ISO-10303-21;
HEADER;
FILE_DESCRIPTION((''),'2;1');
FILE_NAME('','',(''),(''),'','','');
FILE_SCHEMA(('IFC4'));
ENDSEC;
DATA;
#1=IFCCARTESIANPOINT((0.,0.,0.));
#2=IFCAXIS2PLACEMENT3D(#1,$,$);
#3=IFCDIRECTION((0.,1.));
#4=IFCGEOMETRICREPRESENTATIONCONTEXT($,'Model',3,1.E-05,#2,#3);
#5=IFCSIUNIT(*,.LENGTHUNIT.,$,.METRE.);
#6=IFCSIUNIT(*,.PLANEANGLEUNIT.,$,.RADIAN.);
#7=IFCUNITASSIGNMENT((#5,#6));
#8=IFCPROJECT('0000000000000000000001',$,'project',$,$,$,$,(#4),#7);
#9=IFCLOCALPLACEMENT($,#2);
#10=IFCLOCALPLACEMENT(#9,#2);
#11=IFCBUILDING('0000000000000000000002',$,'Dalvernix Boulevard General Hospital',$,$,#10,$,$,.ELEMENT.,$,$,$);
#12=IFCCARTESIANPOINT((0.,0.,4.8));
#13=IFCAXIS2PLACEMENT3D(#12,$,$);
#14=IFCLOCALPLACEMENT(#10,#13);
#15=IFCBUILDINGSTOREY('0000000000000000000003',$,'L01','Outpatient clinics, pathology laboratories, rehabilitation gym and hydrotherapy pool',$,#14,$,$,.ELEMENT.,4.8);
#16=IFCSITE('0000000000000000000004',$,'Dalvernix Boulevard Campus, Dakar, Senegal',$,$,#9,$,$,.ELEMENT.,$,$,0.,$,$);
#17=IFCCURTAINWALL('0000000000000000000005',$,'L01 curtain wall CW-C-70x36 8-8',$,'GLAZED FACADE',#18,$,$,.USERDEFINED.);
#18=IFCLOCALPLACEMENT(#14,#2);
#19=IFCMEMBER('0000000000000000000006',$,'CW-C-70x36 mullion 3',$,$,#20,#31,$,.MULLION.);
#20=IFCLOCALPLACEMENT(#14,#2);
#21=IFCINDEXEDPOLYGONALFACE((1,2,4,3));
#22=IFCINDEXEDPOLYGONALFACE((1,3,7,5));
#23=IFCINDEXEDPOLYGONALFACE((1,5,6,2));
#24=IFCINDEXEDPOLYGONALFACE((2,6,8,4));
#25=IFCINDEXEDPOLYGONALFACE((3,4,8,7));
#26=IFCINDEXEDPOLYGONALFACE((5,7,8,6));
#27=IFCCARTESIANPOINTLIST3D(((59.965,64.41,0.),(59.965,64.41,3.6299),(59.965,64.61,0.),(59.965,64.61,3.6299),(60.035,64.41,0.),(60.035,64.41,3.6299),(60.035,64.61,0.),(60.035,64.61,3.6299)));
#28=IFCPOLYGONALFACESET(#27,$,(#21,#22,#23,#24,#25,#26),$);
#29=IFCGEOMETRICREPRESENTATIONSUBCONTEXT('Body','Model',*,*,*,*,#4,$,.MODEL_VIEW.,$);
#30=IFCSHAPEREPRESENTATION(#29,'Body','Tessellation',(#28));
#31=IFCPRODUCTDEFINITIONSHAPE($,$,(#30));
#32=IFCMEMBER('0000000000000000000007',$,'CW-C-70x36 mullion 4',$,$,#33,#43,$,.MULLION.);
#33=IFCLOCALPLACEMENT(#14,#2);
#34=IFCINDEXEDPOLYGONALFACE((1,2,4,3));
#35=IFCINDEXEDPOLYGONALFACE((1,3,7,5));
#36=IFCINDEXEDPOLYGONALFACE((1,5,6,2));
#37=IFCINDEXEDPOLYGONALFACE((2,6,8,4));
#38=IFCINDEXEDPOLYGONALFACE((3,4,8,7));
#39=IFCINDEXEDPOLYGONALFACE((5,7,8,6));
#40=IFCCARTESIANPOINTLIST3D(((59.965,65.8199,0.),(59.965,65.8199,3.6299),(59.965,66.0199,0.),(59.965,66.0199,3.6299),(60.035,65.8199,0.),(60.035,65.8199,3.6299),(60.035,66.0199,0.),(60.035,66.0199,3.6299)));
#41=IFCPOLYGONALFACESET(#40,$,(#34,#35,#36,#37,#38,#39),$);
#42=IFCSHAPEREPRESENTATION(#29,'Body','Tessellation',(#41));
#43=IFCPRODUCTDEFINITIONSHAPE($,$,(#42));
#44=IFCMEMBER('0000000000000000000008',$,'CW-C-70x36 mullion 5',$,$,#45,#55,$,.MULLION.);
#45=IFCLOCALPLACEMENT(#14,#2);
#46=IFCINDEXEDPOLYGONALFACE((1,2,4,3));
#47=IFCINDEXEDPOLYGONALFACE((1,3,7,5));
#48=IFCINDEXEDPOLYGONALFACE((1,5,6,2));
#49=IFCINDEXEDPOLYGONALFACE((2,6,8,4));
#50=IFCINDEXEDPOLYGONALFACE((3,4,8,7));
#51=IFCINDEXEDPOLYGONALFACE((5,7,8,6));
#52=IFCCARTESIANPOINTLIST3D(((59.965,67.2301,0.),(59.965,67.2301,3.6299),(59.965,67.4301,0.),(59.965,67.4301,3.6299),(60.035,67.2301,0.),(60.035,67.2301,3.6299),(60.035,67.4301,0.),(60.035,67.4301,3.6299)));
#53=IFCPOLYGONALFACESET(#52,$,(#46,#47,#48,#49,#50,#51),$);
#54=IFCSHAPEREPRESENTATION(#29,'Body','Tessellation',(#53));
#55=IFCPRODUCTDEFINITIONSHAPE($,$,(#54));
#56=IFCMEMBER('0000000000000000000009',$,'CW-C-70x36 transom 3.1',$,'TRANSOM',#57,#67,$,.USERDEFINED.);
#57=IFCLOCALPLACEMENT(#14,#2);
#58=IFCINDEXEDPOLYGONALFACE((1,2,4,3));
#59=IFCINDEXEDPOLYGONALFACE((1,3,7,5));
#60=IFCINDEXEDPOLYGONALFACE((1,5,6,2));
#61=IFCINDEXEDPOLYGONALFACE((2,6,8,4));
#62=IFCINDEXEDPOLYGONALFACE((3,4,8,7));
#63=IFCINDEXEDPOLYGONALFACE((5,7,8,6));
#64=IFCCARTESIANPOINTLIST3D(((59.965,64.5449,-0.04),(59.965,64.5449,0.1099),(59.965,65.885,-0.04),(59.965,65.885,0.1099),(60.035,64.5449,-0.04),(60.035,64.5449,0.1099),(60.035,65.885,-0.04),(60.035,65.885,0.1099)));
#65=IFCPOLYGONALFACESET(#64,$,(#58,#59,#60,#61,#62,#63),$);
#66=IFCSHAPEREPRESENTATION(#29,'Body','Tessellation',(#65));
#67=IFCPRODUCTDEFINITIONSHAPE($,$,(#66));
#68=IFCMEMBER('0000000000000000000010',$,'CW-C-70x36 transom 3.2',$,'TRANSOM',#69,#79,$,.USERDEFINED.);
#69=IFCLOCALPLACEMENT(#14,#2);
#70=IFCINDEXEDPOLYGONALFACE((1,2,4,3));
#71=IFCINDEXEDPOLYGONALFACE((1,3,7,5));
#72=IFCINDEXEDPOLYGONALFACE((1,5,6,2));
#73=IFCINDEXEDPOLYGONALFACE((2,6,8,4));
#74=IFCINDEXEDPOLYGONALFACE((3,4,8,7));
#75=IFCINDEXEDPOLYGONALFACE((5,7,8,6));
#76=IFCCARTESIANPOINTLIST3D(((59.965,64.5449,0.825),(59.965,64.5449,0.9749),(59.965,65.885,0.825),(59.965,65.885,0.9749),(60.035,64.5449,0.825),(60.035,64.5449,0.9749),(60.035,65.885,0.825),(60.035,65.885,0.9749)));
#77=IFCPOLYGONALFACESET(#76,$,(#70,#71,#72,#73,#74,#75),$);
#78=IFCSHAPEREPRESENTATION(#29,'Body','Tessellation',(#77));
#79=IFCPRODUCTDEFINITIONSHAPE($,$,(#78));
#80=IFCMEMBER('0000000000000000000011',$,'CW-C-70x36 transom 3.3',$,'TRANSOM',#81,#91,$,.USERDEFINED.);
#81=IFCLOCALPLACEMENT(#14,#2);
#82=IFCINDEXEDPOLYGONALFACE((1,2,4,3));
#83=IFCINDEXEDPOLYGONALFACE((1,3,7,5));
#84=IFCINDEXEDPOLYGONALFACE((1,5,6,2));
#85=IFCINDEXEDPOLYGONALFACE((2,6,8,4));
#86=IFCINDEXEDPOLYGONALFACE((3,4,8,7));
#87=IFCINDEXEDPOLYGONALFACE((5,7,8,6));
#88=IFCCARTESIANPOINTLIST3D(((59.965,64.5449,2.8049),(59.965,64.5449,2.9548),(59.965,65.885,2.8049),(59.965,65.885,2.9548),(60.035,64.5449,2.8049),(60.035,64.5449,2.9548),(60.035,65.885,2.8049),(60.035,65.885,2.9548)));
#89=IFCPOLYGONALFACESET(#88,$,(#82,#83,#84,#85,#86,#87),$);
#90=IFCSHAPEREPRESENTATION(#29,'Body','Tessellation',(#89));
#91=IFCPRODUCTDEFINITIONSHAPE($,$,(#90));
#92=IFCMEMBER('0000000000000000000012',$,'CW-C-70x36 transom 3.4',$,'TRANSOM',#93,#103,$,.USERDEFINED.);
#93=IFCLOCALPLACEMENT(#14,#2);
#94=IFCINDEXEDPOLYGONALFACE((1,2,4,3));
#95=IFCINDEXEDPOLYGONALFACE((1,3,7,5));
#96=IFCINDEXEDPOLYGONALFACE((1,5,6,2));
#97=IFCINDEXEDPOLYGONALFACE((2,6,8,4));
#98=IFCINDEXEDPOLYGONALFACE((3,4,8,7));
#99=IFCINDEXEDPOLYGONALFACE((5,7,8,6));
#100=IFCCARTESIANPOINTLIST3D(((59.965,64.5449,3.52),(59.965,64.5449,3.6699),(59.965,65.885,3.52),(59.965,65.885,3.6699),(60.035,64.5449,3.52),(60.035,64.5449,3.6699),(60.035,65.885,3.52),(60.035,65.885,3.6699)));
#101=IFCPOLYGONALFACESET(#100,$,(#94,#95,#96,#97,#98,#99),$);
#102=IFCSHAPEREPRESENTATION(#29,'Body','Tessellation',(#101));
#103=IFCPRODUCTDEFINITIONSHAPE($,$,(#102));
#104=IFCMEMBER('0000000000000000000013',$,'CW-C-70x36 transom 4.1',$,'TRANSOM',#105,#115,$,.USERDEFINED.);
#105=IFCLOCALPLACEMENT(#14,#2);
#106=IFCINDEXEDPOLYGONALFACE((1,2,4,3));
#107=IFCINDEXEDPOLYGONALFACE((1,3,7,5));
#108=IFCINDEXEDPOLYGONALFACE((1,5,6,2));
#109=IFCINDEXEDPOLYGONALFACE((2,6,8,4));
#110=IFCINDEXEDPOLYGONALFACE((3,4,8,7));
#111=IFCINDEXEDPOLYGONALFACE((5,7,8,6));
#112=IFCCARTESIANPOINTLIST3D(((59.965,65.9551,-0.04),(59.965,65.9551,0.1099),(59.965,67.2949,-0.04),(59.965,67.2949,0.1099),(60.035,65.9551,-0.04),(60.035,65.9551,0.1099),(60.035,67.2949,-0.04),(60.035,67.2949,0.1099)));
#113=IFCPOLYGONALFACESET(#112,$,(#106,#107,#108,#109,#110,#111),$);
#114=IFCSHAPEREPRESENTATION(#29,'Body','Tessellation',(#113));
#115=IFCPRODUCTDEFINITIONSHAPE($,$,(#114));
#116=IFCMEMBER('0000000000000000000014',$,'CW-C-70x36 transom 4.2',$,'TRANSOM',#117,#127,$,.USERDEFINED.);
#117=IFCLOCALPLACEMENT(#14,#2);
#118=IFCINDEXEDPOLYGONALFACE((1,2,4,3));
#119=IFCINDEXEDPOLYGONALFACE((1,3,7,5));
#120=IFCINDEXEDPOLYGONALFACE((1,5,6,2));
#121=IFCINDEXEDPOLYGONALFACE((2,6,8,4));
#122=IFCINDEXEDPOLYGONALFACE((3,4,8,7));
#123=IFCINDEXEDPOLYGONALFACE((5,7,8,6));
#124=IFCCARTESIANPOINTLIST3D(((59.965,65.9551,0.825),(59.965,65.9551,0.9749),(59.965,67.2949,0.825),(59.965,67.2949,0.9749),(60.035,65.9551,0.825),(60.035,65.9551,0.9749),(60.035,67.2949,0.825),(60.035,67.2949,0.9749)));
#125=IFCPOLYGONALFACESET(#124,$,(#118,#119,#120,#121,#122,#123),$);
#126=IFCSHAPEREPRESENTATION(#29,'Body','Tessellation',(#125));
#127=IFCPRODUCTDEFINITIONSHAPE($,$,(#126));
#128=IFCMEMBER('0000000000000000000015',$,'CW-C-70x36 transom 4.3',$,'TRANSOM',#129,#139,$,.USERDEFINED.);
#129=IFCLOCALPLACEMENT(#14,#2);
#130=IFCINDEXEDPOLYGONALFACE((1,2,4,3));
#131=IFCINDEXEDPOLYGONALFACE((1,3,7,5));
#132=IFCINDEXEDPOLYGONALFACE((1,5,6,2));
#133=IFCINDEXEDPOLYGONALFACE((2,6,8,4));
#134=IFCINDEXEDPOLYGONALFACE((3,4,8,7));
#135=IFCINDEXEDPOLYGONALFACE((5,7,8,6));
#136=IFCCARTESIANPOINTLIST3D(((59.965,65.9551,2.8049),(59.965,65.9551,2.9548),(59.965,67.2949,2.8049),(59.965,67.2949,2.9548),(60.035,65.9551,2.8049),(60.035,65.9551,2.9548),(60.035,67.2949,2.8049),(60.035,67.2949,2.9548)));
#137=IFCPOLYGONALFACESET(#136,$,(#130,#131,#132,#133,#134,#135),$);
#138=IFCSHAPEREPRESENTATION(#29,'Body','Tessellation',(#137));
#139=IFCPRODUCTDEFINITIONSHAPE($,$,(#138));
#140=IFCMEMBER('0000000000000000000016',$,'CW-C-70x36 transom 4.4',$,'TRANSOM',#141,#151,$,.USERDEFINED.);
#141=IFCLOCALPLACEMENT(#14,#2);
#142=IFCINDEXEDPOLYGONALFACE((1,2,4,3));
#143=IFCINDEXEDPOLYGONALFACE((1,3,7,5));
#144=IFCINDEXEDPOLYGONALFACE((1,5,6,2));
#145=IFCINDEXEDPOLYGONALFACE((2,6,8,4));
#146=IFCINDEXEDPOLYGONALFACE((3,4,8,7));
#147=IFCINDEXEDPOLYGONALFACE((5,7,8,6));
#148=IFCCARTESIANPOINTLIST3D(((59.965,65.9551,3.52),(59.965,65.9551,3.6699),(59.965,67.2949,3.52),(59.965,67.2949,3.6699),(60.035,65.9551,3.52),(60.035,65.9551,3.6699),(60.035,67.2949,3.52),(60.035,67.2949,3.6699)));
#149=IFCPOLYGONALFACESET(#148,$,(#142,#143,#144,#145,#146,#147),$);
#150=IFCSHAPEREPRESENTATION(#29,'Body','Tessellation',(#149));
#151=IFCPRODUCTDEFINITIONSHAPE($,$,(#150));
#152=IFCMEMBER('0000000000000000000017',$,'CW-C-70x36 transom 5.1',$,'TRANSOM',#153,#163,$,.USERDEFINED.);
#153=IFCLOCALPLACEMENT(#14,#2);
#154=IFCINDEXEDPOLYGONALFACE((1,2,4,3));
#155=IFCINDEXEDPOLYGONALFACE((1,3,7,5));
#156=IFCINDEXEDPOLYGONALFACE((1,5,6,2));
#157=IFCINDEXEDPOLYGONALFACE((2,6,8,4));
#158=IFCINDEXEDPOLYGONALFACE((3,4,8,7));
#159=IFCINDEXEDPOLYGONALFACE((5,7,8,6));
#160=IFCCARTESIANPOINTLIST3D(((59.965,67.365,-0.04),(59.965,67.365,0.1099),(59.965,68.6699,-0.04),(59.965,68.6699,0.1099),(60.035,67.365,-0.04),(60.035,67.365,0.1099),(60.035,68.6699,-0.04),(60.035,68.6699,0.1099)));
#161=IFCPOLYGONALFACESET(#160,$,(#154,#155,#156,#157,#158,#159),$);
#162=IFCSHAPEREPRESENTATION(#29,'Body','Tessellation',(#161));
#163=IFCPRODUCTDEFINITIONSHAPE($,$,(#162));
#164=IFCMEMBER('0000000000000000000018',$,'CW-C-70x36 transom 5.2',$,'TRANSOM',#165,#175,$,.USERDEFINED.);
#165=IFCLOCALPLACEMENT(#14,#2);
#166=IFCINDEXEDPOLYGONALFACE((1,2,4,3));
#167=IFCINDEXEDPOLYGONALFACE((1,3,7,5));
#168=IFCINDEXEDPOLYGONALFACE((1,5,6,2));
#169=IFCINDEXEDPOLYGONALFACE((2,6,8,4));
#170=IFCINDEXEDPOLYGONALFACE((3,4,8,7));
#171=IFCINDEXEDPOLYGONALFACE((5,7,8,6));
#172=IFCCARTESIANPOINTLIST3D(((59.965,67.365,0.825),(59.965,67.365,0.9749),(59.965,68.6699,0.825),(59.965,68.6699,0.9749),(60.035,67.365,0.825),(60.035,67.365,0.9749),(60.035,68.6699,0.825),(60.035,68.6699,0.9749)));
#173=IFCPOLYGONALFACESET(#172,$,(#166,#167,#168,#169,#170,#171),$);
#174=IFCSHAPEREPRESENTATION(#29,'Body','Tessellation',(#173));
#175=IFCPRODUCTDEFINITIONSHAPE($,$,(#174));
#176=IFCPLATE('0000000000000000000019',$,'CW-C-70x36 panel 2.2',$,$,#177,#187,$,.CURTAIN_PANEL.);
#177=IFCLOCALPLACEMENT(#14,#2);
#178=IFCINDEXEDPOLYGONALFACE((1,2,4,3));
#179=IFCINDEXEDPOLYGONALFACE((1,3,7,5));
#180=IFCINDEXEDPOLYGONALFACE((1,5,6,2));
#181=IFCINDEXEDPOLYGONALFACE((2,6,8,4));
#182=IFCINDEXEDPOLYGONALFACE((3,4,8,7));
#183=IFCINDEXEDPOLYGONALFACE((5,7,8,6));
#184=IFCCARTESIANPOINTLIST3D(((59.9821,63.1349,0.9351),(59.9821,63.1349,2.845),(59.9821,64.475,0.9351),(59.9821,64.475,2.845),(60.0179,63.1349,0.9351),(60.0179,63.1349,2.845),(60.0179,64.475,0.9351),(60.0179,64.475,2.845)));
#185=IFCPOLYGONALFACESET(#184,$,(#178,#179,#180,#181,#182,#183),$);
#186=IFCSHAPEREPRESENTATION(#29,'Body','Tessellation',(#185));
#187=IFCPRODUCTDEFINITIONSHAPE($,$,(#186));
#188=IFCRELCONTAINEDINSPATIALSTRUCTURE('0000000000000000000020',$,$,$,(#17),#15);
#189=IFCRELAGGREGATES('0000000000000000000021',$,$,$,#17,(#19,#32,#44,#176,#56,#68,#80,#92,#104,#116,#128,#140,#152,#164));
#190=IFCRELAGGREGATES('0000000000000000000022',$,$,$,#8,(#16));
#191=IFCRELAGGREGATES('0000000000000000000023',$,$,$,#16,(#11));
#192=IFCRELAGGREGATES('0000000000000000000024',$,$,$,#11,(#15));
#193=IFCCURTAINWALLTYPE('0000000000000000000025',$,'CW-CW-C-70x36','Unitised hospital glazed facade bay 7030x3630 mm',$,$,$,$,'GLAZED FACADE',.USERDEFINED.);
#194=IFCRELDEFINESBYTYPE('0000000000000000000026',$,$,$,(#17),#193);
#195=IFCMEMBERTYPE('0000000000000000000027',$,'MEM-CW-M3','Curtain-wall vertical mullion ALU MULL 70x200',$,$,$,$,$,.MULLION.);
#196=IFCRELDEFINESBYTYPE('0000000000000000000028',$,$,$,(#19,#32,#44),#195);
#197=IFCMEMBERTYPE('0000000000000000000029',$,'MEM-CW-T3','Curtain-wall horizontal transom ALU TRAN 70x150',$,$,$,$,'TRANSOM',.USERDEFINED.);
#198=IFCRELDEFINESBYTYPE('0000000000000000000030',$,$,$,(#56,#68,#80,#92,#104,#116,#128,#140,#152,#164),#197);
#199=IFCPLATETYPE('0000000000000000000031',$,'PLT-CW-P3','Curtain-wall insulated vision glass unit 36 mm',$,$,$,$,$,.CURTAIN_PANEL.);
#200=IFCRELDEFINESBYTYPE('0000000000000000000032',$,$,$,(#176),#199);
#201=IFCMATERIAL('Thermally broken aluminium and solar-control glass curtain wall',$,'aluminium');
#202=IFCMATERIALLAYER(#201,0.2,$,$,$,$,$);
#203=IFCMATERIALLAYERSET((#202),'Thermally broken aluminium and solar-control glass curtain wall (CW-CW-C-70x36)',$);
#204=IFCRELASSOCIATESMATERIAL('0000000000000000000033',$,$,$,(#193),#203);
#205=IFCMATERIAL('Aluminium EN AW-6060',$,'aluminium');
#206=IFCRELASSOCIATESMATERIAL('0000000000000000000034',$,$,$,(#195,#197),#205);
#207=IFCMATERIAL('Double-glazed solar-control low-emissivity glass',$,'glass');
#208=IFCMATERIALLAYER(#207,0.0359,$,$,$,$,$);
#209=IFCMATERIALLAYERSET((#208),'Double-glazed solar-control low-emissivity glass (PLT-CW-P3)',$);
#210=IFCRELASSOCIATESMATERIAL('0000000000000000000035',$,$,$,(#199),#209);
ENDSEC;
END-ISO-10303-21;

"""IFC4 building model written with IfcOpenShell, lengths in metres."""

from ifc_helpers import new_model, si_unit, direction, frame, origin, origin_2d, place, context, subcontext, project, spatial, rectangle, extrude, material, layer, layer_set, material_profile, profile_set, type_object, element, aggregate, save


model = new_model("IFC4")

# Units and contexts
model_context = context("Model", 3, precision=1e-05, world=origin(), true_north=direction((0.0, 1.0)))
body_context = subcontext(model_context, "Body", "Model", "MODEL_VIEW")
ifc_project = project(units=[si_unit("LENGTHUNIT", "METRE"), si_unit("PLANEANGLEUNIT", "RADIAN")], contexts=[model_context])

# Site, building, storey
site_placement = place(None, origin())
site = spatial("IfcSite", under=ifc_project, at=site_placement, Name="Dalvernix Boulevard Campus, Dakar, Senegal", CompositionType="ELEMENT", RefElevation=0.0)
building_placement = place(site_placement, origin())
building = spatial("IfcBuilding", under=site, at=building_placement, Name="Dalvernix Boulevard General Hospital", CompositionType="ELEMENT")
storey_placement = place(building_placement, frame((0.0, 0.0, 4.8)))
storey = spatial("IfcBuildingStorey", under=building, at=storey_placement, Name="L01", Description="Outpatient clinics, pathology laboratories, rehabilitation gym and hydrotherapy pool", CompositionType="ELEMENT", Elevation=4.8)

# Curtain wall, members, plate
ifc_material_1 = material(Name="Thermally broken aluminium and solar-control glass curtain wall", Category="aluminium")
ifc_layer_1 = layer(ifc_material_1, 0.2)
ifc_layer_set_1 = layer_set([ifc_layer_1], Name="Thermally broken aluminium and solar-control glass curtain wall (CW-CW-C-70x36)")
curtain_wall_type = type_object("IfcCurtainWallType", Name="CW-CW-C-70x36", Description="Unitised hospital glazed facade bay 7030x3630 mm", ElementType="GLAZED FACADE", PredefinedType="USERDEFINED", material=ifc_layer_set_1)
curtain_wall_placement = place(storey_placement, origin())
curtain_wall = element("IfcCurtainWall", 1, at=curtain_wall_placement, inside=storey, type_object=curtain_wall_type, Name="L01 curtain wall CW-C-70x36 8-8", ObjectType="GLAZED FACADE", PredefinedType="USERDEFINED")
ifc_material_2 = material(Name="Aluminium EN AW-6060", Category="aluminium")
ifc_material_profile_1 = material_profile(ifc_material_2, rectangle(XDim=0.0701, YDim=0.2, at=origin_2d()), Name="ALU MULL 70x200")
ifc_profile_set_1 = profile_set([ifc_material_profile_1], Name="Aluminium EN AW-6060")
member_type_1 = type_object("IfcMemberType", Name="MEM-CW-M3", Description="Curtain-wall vertical mullion ALU MULL 70x200", PredefinedType="MULLION", material=ifc_profile_set_1)
member_1_placement = place(storey_placement, frame((60.0, 64.51, 0.0), z_axis=(0.0, 0.0, 1.0), x_axis=(-1.0, 0.0, 0.0)))
member_1 = element("IfcMember", 2, at=member_1_placement, type_object=member_type_1, Name="CW-C-70x36 mullion 3", PredefinedType="MULLION", context=body_context, shape_type="SweptSolid", body=[
    extrude(rectangle(XDim=0.0701, YDim=0.2, at=origin_2d()), origin(), (0.0, 0.0, 1.0), 3.6299),
])
member_2_placement = place(storey_placement, frame((60.0, 65.9199, 0.0), z_axis=(0.0, 0.0, 1.0), x_axis=(-1.0, 0.0, 0.0)))
member_2 = element("IfcMember", 3, at=member_2_placement, type_object=member_type_1, Name="CW-C-70x36 mullion 4", PredefinedType="MULLION", context=body_context, shape_type="SweptSolid", body=[
    extrude(rectangle(XDim=0.0701, YDim=0.2, at=origin_2d()), origin(), (0.0, 0.0, 1.0), 3.6299),
])
member_3_placement = place(storey_placement, frame((60.0, 67.3301, 0.0), z_axis=(0.0, 0.0, 1.0), x_axis=(-1.0, 0.0, 0.0)))
member_3 = element("IfcMember", 4, at=member_3_placement, type_object=member_type_1, Name="CW-C-70x36 mullion 5", PredefinedType="MULLION", context=body_context, shape_type="SweptSolid", body=[
    extrude(rectangle(XDim=0.0701, YDim=0.2, at=origin_2d()), origin(), (0.0, 0.0, 1.0), 3.6299),
])
ifc_material_profile_2 = material_profile(ifc_material_2, rectangle(XDim=0.0701, YDim=0.1499, at=origin_2d()), Name="ALU TRAN 70x150")
ifc_profile_set_2 = profile_set([ifc_material_profile_2], Name="Aluminium EN AW-6060")
member_type_2 = type_object("IfcMemberType", Name="MEM-CW-T3", Description="Curtain-wall horizontal transom ALU TRAN 70x150", ElementType="TRANSOM", PredefinedType="USERDEFINED", material=ifc_profile_set_2)
member_4_placement = place(storey_placement, frame((60.0, 64.5449, 0.0349), z_axis=(0.0, 1.0, 0.0), x_axis=(-1.0, 0.0, 0.0)))
member_4 = element("IfcMember", 5, at=member_4_placement, type_object=member_type_2, Name="CW-C-70x36 transom 3.1", ObjectType="TRANSOM", PredefinedType="USERDEFINED", context=body_context, shape_type="SweptSolid", body=[
    extrude(rectangle(XDim=0.0701, YDim=0.1499, at=origin_2d()), origin(), (0.0, 0.0, 1.0), 1.3401),
])
member_5_placement = place(storey_placement, frame((60.0, 64.5449, 0.8999), z_axis=(0.0, 1.0, 0.0), x_axis=(-1.0, 0.0, 0.0)))
member_5 = element("IfcMember", 6, at=member_5_placement, type_object=member_type_2, Name="CW-C-70x36 transom 3.2", ObjectType="TRANSOM", PredefinedType="USERDEFINED", context=body_context, shape_type="SweptSolid", body=[
    extrude(rectangle(XDim=0.0701, YDim=0.1499, at=origin_2d()), origin(), (0.0, 0.0, 1.0), 1.3401),
])
member_6_placement = place(storey_placement, frame((60.0, 64.5449, 2.8799), z_axis=(0.0, 1.0, 0.0), x_axis=(-1.0, 0.0, 0.0)))
member_6 = element("IfcMember", 7, at=member_6_placement, type_object=member_type_2, Name="CW-C-70x36 transom 3.3", ObjectType="TRANSOM", PredefinedType="USERDEFINED", context=body_context, shape_type="SweptSolid", body=[
    extrude(rectangle(XDim=0.0701, YDim=0.1499, at=origin_2d()), origin(), (0.0, 0.0, 1.0), 1.3401),
])
member_7_placement = place(storey_placement, frame((60.0, 64.5449, 3.595), z_axis=(0.0, 1.0, 0.0), x_axis=(-1.0, 0.0, 0.0)))
member_7 = element("IfcMember", 8, at=member_7_placement, type_object=member_type_2, Name="CW-C-70x36 transom 3.4", ObjectType="TRANSOM", PredefinedType="USERDEFINED", context=body_context, shape_type="SweptSolid", body=[
    extrude(rectangle(XDim=0.0701, YDim=0.1499, at=origin_2d()), origin(), (0.0, 0.0, 1.0), 1.3401),
])
member_8_placement = place(storey_placement, frame((60.0, 65.9551, 0.0349), z_axis=(0.0, 1.0, 0.0), x_axis=(-1.0, 0.0, 0.0)))
member_8 = element("IfcMember", 9, at=member_8_placement, type_object=member_type_2, Name="CW-C-70x36 transom 4.1", ObjectType="TRANSOM", PredefinedType="USERDEFINED", context=body_context, shape_type="SweptSolid", body=[
    extrude(rectangle(XDim=0.0701, YDim=0.1499, at=origin_2d()), origin(), (0.0, 0.0, 1.0), 1.3398),
])
member_9_placement = place(storey_placement, frame((60.0, 65.9551, 0.8999), z_axis=(0.0, 1.0, 0.0), x_axis=(-1.0, 0.0, 0.0)))
member_9 = element("IfcMember", 10, at=member_9_placement, type_object=member_type_2, Name="CW-C-70x36 transom 4.2", ObjectType="TRANSOM", PredefinedType="USERDEFINED", context=body_context, shape_type="SweptSolid", body=[
    extrude(rectangle(XDim=0.0701, YDim=0.1499, at=origin_2d()), origin(), (0.0, 0.0, 1.0), 1.3398),
])
member_10_placement = place(storey_placement, frame((60.0, 65.9551, 2.8799), z_axis=(0.0, 1.0, 0.0), x_axis=(-1.0, 0.0, 0.0)))
member_10 = element("IfcMember", 11, at=member_10_placement, type_object=member_type_2, Name="CW-C-70x36 transom 4.3", ObjectType="TRANSOM", PredefinedType="USERDEFINED", context=body_context, shape_type="SweptSolid", body=[
    extrude(rectangle(XDim=0.0701, YDim=0.1499, at=origin_2d()), origin(), (0.0, 0.0, 1.0), 1.3398),
])
member_11_placement = place(storey_placement, frame((60.0, 65.9551, 3.595), z_axis=(0.0, 1.0, 0.0), x_axis=(-1.0, 0.0, 0.0)))
member_11 = element("IfcMember", 12, at=member_11_placement, type_object=member_type_2, Name="CW-C-70x36 transom 4.4", ObjectType="TRANSOM", PredefinedType="USERDEFINED", context=body_context, shape_type="SweptSolid", body=[
    extrude(rectangle(XDim=0.0701, YDim=0.1499, at=origin_2d()), origin(), (0.0, 0.0, 1.0), 1.3398),
])
member_12_placement = place(storey_placement, frame((60.0, 67.365, 0.0349), z_axis=(0.0, 1.0, 0.0), x_axis=(-1.0, 0.0, 0.0)))
member_12 = element("IfcMember", 13, at=member_12_placement, type_object=member_type_2, Name="CW-C-70x36 transom 5.1", ObjectType="TRANSOM", PredefinedType="USERDEFINED", context=body_context, shape_type="SweptSolid", body=[
    extrude(rectangle(XDim=0.0701, YDim=0.1499, at=origin_2d()), origin(), (0.0, 0.0, 1.0), 1.3049),
])
member_13_placement = place(storey_placement, frame((60.0, 67.365, 0.8999), z_axis=(0.0, 1.0, 0.0), x_axis=(-1.0, 0.0, 0.0)))
member_13 = element("IfcMember", 14, at=member_13_placement, type_object=member_type_2, Name="CW-C-70x36 transom 5.2", ObjectType="TRANSOM", PredefinedType="USERDEFINED", context=body_context, shape_type="SweptSolid", body=[
    extrude(rectangle(XDim=0.0701, YDim=0.1499, at=origin_2d()), origin(), (0.0, 0.0, 1.0), 1.3049),
])
ifc_material_3 = material(Name="Double-glazed solar-control low-emissivity glass", Category="glass")
ifc_layer_2 = layer(ifc_material_3, 0.0359)
ifc_layer_set_2 = layer_set([ifc_layer_2], Name="Double-glazed solar-control low-emissivity glass (PLT-CW-P3)")
plate_type = type_object("IfcPlateType", Name="PLT-CW-P3", Description="Curtain-wall insulated vision glass unit 36 mm", PredefinedType="CURTAIN_PANEL", material=ifc_layer_set_2)
plate_1_placement = place(storey_placement, frame((60.0, 63.8049, 0.9351), z_axis=(0.0, 0.0, 1.0), x_axis=(0.0, 1.0, 0.0)))
plate_1 = element("IfcPlate", 15, at=plate_1_placement, type_object=plate_type, Name="CW-C-70x36 panel 2.2", PredefinedType="CURTAIN_PANEL", context=body_context, shape_type="SweptSolid", body=[
    extrude(rectangle(XDim=1.3401, YDim=0.0359, at=origin_2d()), origin(), (0.0, 0.0, 1.0), 1.9099),
])
aggregate(curtain_wall, [member_1, member_2, member_3, plate_1, member_4, member_5, member_6, member_7, member_8, member_9, member_10, member_11, member_12, member_13])

save(model, "model.ifc")
